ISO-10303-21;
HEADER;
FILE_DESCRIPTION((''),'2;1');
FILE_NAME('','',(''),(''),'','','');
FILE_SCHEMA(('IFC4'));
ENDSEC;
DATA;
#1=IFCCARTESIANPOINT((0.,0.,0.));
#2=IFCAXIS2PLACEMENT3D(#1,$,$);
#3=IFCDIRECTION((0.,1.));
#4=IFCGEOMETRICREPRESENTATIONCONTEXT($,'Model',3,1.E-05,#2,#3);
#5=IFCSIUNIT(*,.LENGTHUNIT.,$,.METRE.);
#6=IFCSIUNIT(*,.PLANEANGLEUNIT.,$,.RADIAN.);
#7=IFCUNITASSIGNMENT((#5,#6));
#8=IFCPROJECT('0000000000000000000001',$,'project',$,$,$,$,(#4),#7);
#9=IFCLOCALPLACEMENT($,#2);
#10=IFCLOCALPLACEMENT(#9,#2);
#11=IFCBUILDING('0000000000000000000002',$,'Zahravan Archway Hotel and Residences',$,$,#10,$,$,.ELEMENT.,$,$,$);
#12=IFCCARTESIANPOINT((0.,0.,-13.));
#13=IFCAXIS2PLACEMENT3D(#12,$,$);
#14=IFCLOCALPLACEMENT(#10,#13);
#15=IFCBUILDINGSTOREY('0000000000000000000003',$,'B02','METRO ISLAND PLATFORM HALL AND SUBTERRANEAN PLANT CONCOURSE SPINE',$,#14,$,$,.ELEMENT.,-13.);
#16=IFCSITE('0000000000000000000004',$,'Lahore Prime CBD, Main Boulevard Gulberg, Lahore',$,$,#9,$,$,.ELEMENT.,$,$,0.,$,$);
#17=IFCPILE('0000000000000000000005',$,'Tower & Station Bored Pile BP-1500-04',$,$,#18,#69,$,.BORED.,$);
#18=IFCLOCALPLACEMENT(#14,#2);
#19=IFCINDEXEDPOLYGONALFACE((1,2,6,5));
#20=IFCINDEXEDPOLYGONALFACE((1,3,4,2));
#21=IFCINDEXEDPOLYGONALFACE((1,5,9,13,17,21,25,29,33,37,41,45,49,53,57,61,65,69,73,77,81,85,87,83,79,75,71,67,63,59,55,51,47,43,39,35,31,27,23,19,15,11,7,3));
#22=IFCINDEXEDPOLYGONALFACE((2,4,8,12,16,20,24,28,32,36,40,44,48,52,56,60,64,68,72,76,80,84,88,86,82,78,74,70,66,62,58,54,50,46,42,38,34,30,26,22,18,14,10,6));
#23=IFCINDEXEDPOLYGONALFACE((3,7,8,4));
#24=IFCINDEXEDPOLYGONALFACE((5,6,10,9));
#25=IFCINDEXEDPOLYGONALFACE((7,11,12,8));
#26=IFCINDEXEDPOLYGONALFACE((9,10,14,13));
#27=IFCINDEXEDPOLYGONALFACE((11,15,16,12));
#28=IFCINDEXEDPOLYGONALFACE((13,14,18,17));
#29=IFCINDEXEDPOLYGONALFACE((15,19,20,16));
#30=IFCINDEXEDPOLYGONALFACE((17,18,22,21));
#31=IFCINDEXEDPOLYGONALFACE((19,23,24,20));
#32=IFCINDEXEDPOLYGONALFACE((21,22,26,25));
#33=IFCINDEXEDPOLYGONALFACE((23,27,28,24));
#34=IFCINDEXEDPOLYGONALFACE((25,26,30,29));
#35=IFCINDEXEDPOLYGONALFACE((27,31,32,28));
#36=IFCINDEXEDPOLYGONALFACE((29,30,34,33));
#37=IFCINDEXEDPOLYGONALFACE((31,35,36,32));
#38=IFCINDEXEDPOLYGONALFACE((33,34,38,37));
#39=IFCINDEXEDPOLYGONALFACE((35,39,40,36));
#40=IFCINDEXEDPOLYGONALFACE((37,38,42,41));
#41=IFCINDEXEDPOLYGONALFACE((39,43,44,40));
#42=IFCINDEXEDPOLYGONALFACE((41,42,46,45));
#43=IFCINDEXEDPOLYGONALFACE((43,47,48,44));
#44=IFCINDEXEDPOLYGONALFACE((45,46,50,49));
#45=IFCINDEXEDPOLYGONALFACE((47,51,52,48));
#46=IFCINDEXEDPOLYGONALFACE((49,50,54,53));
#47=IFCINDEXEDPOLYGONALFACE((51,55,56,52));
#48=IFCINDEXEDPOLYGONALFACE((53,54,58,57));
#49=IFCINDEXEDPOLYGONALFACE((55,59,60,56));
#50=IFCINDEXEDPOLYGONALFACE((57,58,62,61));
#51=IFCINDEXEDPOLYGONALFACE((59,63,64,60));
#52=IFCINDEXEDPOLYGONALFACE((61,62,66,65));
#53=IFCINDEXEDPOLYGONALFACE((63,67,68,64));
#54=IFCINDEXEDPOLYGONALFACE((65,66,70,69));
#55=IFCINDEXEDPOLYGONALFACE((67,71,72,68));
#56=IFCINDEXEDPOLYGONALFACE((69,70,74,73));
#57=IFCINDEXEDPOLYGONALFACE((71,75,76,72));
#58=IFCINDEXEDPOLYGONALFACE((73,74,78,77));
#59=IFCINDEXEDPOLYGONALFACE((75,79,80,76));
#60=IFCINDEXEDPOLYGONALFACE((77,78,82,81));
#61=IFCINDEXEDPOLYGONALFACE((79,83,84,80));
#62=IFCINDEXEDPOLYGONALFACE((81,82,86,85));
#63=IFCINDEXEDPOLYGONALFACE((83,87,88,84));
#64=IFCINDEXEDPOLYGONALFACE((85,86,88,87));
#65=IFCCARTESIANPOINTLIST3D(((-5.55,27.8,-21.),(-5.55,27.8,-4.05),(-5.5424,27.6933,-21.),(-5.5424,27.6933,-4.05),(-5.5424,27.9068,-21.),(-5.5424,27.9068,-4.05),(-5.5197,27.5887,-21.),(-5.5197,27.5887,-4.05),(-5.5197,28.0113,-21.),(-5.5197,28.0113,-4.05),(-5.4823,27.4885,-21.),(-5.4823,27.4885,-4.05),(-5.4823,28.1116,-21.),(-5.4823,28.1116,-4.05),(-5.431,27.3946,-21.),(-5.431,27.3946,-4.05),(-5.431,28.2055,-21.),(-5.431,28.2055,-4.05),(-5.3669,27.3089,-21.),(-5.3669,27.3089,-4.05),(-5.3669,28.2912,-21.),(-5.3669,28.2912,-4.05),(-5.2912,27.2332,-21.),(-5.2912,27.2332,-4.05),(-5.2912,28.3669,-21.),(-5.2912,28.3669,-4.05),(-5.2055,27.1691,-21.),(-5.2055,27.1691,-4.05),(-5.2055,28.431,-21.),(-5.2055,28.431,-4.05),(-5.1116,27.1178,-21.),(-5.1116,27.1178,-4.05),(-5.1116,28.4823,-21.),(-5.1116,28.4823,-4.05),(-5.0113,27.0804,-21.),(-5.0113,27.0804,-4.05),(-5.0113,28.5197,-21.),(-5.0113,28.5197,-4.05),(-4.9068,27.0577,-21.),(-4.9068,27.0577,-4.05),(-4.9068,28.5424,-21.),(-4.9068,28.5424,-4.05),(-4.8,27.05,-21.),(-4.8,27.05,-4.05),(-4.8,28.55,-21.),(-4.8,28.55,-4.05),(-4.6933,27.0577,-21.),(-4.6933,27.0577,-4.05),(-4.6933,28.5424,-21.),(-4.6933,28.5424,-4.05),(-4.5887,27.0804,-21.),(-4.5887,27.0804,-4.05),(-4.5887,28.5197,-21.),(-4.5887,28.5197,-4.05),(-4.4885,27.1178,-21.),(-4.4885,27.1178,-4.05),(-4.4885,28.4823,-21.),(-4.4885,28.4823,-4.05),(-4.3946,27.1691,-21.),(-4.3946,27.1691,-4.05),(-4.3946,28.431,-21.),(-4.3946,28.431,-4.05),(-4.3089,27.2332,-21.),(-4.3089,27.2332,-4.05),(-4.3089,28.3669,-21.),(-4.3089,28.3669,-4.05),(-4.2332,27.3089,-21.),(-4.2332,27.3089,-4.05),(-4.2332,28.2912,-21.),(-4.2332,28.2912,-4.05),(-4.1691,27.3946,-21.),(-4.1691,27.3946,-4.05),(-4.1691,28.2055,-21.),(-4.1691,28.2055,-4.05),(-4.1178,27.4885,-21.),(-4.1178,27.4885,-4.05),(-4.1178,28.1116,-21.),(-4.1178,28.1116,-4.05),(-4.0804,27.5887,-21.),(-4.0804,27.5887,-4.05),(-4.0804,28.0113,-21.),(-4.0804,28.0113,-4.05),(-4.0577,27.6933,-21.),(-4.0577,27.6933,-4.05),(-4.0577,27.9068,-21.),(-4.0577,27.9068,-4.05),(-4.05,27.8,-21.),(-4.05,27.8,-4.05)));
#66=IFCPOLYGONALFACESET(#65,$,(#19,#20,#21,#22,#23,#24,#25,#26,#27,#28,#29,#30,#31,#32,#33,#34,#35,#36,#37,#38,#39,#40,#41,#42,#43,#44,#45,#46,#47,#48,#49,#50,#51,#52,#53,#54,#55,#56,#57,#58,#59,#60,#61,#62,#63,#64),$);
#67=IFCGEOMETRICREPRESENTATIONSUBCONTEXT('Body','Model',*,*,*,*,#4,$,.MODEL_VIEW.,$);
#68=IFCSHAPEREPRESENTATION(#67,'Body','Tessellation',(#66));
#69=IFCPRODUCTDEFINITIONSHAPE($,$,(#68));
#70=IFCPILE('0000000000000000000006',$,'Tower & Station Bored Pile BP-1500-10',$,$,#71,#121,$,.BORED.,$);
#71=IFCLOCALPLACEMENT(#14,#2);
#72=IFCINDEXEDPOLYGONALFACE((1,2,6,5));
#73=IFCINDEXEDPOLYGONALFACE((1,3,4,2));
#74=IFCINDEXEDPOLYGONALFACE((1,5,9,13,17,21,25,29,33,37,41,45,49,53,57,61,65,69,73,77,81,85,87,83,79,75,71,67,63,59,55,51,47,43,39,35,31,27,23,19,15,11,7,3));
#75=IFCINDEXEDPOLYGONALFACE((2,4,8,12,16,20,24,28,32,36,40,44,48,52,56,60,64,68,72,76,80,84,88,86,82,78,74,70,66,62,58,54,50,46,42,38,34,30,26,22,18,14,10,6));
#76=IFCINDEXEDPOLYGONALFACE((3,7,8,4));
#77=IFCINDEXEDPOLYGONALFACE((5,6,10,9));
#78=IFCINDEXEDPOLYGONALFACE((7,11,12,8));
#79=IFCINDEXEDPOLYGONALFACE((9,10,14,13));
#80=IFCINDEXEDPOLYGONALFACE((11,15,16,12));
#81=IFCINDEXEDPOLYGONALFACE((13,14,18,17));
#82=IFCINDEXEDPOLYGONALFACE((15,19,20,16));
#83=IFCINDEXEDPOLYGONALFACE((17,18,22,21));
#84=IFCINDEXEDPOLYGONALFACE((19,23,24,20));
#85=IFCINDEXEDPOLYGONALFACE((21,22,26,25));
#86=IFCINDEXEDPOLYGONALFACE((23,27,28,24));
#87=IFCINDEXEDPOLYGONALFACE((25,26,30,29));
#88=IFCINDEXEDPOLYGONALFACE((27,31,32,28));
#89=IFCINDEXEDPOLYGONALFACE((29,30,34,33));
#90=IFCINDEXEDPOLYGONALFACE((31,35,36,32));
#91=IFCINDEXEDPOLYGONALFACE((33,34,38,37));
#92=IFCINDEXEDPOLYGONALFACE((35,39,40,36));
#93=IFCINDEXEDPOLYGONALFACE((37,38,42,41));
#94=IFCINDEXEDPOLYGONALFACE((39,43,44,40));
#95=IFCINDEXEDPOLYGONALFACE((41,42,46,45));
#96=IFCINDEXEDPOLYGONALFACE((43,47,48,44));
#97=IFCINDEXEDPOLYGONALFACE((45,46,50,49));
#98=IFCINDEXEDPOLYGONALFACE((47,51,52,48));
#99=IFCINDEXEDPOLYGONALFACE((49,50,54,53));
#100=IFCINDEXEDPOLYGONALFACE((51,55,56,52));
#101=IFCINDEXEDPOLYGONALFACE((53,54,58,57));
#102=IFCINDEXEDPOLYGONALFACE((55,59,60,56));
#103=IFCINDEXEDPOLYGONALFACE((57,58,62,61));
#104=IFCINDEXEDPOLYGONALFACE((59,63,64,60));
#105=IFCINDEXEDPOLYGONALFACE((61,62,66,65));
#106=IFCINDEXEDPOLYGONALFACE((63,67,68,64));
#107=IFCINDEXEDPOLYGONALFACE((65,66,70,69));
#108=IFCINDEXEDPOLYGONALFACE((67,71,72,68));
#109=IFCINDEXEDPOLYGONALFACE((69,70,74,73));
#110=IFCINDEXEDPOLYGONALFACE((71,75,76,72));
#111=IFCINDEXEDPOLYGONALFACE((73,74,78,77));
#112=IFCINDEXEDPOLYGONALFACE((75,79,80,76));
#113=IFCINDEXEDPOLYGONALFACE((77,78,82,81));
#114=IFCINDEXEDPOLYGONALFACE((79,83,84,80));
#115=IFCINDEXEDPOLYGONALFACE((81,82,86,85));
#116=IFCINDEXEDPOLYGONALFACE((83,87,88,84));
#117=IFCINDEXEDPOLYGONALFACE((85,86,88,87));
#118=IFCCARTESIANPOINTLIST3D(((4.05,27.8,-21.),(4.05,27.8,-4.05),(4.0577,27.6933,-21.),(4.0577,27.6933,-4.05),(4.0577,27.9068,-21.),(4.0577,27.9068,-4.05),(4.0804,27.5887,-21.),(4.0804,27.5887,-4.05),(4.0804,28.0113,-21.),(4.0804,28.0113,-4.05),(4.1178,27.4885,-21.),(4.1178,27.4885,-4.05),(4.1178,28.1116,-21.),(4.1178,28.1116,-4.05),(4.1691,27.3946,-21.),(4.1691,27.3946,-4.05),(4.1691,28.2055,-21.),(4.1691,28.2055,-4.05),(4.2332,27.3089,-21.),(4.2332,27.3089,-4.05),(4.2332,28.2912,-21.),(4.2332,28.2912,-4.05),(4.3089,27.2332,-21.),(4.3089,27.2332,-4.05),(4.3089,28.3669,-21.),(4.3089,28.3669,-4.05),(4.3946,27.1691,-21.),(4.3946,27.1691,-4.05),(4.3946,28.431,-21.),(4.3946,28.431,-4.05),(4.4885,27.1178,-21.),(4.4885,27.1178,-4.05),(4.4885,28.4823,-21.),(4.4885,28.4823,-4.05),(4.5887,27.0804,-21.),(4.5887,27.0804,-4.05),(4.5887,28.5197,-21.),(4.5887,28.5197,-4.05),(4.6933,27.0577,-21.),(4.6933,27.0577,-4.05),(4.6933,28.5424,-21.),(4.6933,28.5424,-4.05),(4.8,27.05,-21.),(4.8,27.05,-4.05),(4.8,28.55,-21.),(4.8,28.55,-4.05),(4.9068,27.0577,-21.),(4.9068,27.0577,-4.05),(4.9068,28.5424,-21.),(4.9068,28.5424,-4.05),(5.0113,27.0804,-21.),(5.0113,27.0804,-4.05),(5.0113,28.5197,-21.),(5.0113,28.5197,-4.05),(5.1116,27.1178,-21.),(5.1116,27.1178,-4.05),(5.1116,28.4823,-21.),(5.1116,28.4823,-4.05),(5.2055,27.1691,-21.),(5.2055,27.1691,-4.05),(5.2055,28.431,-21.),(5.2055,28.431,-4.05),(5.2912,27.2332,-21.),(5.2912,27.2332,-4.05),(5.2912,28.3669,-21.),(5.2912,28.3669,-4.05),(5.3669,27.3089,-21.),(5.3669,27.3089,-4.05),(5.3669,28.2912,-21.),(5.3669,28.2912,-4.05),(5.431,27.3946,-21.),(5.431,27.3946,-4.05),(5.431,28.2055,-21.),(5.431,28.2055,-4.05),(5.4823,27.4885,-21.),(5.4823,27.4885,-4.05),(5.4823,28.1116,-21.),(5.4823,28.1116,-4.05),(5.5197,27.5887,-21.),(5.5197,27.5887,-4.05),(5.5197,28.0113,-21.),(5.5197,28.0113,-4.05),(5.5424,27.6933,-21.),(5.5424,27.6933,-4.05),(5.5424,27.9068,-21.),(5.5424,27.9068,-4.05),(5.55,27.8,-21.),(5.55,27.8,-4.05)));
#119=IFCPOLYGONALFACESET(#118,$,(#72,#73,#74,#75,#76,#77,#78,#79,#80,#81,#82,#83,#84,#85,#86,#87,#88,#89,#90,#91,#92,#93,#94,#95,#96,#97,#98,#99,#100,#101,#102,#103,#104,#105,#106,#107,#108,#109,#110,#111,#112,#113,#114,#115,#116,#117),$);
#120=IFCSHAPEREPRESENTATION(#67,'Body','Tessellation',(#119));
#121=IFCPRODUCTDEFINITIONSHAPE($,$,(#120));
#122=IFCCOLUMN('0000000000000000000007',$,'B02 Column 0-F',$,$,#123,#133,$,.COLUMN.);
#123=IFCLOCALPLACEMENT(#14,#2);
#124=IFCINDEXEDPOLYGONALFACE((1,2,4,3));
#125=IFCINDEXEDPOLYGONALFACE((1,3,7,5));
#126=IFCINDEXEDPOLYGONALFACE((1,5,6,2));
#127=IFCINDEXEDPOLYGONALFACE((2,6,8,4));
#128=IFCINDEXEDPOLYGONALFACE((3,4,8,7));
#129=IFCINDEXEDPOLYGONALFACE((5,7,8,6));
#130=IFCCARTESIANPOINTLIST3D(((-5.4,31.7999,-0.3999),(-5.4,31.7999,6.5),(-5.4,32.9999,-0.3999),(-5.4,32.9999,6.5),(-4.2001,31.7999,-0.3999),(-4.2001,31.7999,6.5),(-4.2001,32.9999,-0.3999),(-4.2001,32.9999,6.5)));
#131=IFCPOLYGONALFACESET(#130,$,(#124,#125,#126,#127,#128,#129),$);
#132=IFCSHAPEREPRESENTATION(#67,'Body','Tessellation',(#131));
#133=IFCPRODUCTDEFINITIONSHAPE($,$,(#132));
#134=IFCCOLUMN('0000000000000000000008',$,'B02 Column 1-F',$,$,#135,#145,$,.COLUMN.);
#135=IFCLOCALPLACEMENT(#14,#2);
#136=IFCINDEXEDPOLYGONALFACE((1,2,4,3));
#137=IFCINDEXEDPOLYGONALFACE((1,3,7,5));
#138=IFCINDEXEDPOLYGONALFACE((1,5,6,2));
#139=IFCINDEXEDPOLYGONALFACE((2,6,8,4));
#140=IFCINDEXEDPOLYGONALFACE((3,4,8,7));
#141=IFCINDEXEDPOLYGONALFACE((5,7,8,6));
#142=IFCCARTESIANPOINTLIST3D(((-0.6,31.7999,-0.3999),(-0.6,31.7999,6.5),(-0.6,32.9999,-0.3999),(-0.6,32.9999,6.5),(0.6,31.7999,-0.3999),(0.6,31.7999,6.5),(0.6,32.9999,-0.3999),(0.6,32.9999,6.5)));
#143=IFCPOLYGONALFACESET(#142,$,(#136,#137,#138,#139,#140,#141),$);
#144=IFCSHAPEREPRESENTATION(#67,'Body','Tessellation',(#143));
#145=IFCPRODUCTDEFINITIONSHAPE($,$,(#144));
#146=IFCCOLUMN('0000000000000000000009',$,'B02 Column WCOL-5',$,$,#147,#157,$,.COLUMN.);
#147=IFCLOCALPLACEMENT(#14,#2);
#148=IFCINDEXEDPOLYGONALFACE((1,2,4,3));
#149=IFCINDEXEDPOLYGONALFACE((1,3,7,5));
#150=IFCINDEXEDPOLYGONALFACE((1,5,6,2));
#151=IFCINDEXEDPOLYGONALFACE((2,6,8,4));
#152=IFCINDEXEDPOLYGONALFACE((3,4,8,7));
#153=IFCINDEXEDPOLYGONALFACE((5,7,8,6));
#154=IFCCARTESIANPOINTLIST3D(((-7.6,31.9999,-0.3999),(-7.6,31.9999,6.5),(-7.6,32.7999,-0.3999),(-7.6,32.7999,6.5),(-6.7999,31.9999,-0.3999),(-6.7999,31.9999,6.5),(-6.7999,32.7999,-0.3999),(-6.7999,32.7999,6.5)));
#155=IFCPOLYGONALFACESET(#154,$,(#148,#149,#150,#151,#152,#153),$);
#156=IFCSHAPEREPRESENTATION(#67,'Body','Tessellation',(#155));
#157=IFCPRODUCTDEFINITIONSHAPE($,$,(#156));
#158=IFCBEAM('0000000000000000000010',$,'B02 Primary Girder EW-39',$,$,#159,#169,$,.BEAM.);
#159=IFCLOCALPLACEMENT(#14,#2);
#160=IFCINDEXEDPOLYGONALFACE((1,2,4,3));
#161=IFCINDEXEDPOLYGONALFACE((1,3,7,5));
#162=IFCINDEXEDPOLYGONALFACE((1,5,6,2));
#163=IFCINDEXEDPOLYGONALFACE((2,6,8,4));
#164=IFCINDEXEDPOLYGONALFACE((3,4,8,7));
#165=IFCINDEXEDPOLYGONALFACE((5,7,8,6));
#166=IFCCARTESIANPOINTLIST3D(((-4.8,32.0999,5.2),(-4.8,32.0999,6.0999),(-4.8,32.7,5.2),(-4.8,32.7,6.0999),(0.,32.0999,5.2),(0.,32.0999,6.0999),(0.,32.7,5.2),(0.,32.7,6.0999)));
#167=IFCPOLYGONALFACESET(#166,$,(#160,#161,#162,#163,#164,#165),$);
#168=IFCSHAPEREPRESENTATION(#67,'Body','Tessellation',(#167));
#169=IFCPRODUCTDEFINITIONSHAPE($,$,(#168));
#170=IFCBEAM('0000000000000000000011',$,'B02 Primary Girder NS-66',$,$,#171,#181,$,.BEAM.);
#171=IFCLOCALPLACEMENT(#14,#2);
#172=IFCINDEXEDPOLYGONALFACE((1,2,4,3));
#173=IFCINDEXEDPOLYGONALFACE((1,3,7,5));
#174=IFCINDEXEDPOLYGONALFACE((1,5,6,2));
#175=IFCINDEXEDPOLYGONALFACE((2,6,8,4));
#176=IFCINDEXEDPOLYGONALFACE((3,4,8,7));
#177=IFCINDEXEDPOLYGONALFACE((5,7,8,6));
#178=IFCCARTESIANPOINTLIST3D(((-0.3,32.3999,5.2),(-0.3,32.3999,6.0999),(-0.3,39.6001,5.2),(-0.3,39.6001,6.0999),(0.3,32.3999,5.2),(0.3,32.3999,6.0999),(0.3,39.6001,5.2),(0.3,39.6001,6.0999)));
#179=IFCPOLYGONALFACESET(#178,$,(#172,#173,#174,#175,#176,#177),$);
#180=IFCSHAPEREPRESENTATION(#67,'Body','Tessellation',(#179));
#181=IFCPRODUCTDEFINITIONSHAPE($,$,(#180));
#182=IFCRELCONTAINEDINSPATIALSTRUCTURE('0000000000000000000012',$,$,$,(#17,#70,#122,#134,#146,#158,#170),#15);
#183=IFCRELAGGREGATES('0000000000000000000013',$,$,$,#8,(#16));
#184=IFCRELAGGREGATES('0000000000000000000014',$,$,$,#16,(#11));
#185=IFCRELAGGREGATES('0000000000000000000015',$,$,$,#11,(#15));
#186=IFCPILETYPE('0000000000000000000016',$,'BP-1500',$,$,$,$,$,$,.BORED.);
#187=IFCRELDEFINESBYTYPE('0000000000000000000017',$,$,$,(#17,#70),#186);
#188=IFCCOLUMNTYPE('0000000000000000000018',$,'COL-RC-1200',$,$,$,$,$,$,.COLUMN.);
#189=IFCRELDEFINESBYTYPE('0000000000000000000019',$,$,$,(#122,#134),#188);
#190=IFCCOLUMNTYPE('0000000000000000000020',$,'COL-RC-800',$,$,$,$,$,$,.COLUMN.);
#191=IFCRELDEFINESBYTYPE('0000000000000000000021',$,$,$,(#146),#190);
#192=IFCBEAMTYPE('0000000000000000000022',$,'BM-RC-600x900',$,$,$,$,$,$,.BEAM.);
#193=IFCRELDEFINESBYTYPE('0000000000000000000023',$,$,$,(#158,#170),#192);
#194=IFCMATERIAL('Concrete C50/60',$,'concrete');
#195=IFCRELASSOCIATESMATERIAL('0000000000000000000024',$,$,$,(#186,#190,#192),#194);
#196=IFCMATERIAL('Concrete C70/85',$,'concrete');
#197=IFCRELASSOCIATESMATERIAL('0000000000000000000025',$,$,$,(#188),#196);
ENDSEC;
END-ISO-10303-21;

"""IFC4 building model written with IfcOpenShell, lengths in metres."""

from ifc_helpers import new_model, si_unit, direction, frame, origin, origin_2d, place, context, subcontext, project, spatial, rectangle, circle, extrude, source, transform, mapped, material, material_profile, profile_set, type_object, type_shapes, element, save


model = new_model("IFC4")

# Units and contexts
model_context = context("Model", 3, precision=1e-05, world=origin(), true_north=direction((0.0, 1.0)))
body_context = subcontext(model_context, "Body", "Model", "MODEL_VIEW")
ifc_project = project(units=[si_unit("LENGTHUNIT", "METRE"), si_unit("PLANEANGLEUNIT", "RADIAN")], contexts=[model_context])

# Site, building, storey
site_placement = place(None, origin())
site = spatial("IfcSite", under=ifc_project, at=site_placement, Name="Lahore Prime CBD, Main Boulevard Gulberg, Lahore", CompositionType="ELEMENT", RefElevation=0.0)
building_placement = place(site_placement, origin())
building = spatial("IfcBuilding", under=site, at=building_placement, Name="Zahravan Archway Hotel and Residences", CompositionType="ELEMENT")
storey_placement = place(building_placement, frame((0.0, 0.0, -13.0)))
storey = spatial("IfcBuildingStorey", under=building, at=storey_placement, Name="B02", Description="METRO ISLAND PLATFORM HALL AND SUBTERRANEAN PLANT CONCOURSE SPINE", CompositionType="ELEMENT", Elevation=-13.0)

# Piles
ifc_material_1 = material(Name="Concrete C50/60", Category="concrete")
ifc_material_profile_1 = material_profile(ifc_material_1, circle(Radius=0.75, at=origin_2d()), Name="PILE D1500", Category="concrete")
ifc_profile_set_1 = profile_set([ifc_material_profile_1], Name="Concrete C50/60")
pile_type = type_object("IfcPileType", Name="BP-1500", PredefinedType="BORED", material=ifc_profile_set_1)
shared_shape_1 = source(origin(), body_context, "Body", "SweptSolid", [
    extrude(circle(Radius=0.75, at=origin_2d()), origin(), (0.0, 0.0, 1.0), 16.95),
])
type_shapes(pile_type, [shared_shape_1])
for number, where, z_axis, x_axis, name in (
    (1, (-4.8, 27.8, -4.05), (0.0, 0.0, -1.0), (1.0, 0.0, 0.0), "Tower & Station Bored Pile BP-1500-04"),
    (2, (4.8, 27.8, -4.05), (0.0, 0.0, -1.0), (1.0, 0.0, 0.0), "Tower & Station Bored Pile BP-1500-10"),
):
    element("IfcPile", number, at=place(storey_placement, frame(where, z_axis=z_axis, x_axis=x_axis)), inside=storey, type_object=pile_type, Name=name, PredefinedType="BORED", context=body_context, shape_type="MappedRepresentation", body=[
        mapped(shared_shape_1, transform((0.0, 0.0, 0.0), scale=1.0)),
    ])

# Columns
ifc_material_2 = material(Name="Concrete C70/85", Category="concrete")
ifc_material_profile_2 = material_profile(ifc_material_2, rectangle(XDim=1.2, YDim=1.2, at=origin_2d()), Name="RC-COL-1200x1200", Category="concrete")
ifc_profile_set_2 = profile_set([ifc_material_profile_2], Name="Concrete C70/85")
column_type_1 = type_object("IfcColumnType", Name="COL-RC-1200", PredefinedType="COLUMN", material=ifc_profile_set_2)
shared_shape_2 = source(origin(), body_context, "Body", "SweptSolid", [
    extrude(rectangle(XDim=1.2, YDim=1.2, at=origin_2d()), origin(), (0.0, 0.0, 1.0), 6.8999),
])
type_shapes(column_type_1, [shared_shape_2])
for number, where, z_axis, x_axis, name in (
    (3, (-4.8, 32.3999, -0.3999), (0.0, 0.0, 1.0), (1.0, 0.0, 0.0), "B02 Column 0-F"),
    (4, (0.0, 32.3999, -0.3999), (0.0, 0.0, 1.0), (1.0, 0.0, 0.0), "B02 Column 1-F"),
):
    element("IfcColumn", number, at=place(storey_placement, frame(where, z_axis=z_axis, x_axis=x_axis)), inside=storey, type_object=column_type_1, Name=name, PredefinedType="COLUMN", context=body_context, shape_type="MappedRepresentation", body=[
        mapped(shared_shape_2, transform((0.0, 0.0, 0.0), scale=1.0)),
    ])
ifc_material_profile_3 = material_profile(ifc_material_1, rectangle(XDim=0.8, YDim=0.8, at=origin_2d()), Name="RC-COL-800x800", Category="concrete")
ifc_profile_set_3 = profile_set([ifc_material_profile_3], Name="Concrete C50/60")
column_type_2 = type_object("IfcColumnType", Name="COL-RC-800", PredefinedType="COLUMN", material=ifc_profile_set_3)
shared_shape_3 = source(origin(), body_context, "Body", "SweptSolid", [
    extrude(rectangle(XDim=0.8, YDim=0.8, at=origin_2d()), origin(), (0.0, 0.0, 1.0), 6.8999),
])
type_shapes(column_type_2, [shared_shape_3])
column_placement = place(storey_placement, frame((-7.2, 32.3999, -0.3999), z_axis=(0.0, 0.0, 1.0), x_axis=(1.0, 0.0, 0.0)))
element("IfcColumn", 5, at=column_placement, inside=storey, type_object=column_type_2, Name="B02 Column WCOL-5", PredefinedType="COLUMN", context=body_context, shape_type="MappedRepresentation", body=[
    mapped(shared_shape_3, transform((0.0, 0.0, 0.0), scale=1.0)),
])

# Beams
ifc_material_profile_4 = material_profile(ifc_material_1, rectangle(XDim=0.6001, YDim=0.8999, at=origin_2d()), Name="RC-BM-600x900", Category="concrete")
ifc_profile_set_4 = profile_set([ifc_material_profile_4], Name="Concrete C50/60")
beam_type_1 = type_object("IfcBeamType", Name="BM-RC-600x900", PredefinedType="BEAM", material=ifc_profile_set_4)
shared_shape_4 = source(origin(), body_context, "Body", "SweptSolid", [
    extrude(rectangle(XDim=0.6001, YDim=0.8999, at=origin_2d()), origin(), (0.0, 0.0, 1.0), 4.8),
])
type_shapes(beam_type_1, [shared_shape_4])
beam_1_placement = place(storey_placement, frame((-4.8, 32.3999, 5.6499), z_axis=(1.0, 0.0, 0.0), x_axis=(0.0, 1.0, 0.0)))
element("IfcBeam", 6, at=beam_1_placement, inside=storey, type_object=beam_type_1, Name="B02 Primary Girder EW-39", PredefinedType="BEAM", context=body_context, shape_type="MappedRepresentation", body=[
    mapped(shared_shape_4, transform((0.0, 0.0, 0.0), scale=1.0)),
])
shared_shape_5 = source(origin(), body_context, "Body", "SweptSolid", [
    extrude(rectangle(XDim=0.6001, YDim=0.8999, at=origin_2d()), origin(), (0.0, 0.0, 1.0), 7.2002),
])
beam_2_placement = place(storey_placement, frame((0.0, 32.3999, 5.6499), z_axis=(0.0, 1.0, 0.0), x_axis=(-1.0, 0.0, 0.0)))
element("IfcBeam", 7, at=beam_2_placement, inside=storey, type_object=beam_type_1, Name="B02 Primary Girder NS-66", PredefinedType="BEAM", context=body_context, shape_type="MappedRepresentation", body=[
    mapped(shared_shape_5, transform((0.0, 0.0, 0.0), scale=1.0)),
])

save(model, "model.ifc")
